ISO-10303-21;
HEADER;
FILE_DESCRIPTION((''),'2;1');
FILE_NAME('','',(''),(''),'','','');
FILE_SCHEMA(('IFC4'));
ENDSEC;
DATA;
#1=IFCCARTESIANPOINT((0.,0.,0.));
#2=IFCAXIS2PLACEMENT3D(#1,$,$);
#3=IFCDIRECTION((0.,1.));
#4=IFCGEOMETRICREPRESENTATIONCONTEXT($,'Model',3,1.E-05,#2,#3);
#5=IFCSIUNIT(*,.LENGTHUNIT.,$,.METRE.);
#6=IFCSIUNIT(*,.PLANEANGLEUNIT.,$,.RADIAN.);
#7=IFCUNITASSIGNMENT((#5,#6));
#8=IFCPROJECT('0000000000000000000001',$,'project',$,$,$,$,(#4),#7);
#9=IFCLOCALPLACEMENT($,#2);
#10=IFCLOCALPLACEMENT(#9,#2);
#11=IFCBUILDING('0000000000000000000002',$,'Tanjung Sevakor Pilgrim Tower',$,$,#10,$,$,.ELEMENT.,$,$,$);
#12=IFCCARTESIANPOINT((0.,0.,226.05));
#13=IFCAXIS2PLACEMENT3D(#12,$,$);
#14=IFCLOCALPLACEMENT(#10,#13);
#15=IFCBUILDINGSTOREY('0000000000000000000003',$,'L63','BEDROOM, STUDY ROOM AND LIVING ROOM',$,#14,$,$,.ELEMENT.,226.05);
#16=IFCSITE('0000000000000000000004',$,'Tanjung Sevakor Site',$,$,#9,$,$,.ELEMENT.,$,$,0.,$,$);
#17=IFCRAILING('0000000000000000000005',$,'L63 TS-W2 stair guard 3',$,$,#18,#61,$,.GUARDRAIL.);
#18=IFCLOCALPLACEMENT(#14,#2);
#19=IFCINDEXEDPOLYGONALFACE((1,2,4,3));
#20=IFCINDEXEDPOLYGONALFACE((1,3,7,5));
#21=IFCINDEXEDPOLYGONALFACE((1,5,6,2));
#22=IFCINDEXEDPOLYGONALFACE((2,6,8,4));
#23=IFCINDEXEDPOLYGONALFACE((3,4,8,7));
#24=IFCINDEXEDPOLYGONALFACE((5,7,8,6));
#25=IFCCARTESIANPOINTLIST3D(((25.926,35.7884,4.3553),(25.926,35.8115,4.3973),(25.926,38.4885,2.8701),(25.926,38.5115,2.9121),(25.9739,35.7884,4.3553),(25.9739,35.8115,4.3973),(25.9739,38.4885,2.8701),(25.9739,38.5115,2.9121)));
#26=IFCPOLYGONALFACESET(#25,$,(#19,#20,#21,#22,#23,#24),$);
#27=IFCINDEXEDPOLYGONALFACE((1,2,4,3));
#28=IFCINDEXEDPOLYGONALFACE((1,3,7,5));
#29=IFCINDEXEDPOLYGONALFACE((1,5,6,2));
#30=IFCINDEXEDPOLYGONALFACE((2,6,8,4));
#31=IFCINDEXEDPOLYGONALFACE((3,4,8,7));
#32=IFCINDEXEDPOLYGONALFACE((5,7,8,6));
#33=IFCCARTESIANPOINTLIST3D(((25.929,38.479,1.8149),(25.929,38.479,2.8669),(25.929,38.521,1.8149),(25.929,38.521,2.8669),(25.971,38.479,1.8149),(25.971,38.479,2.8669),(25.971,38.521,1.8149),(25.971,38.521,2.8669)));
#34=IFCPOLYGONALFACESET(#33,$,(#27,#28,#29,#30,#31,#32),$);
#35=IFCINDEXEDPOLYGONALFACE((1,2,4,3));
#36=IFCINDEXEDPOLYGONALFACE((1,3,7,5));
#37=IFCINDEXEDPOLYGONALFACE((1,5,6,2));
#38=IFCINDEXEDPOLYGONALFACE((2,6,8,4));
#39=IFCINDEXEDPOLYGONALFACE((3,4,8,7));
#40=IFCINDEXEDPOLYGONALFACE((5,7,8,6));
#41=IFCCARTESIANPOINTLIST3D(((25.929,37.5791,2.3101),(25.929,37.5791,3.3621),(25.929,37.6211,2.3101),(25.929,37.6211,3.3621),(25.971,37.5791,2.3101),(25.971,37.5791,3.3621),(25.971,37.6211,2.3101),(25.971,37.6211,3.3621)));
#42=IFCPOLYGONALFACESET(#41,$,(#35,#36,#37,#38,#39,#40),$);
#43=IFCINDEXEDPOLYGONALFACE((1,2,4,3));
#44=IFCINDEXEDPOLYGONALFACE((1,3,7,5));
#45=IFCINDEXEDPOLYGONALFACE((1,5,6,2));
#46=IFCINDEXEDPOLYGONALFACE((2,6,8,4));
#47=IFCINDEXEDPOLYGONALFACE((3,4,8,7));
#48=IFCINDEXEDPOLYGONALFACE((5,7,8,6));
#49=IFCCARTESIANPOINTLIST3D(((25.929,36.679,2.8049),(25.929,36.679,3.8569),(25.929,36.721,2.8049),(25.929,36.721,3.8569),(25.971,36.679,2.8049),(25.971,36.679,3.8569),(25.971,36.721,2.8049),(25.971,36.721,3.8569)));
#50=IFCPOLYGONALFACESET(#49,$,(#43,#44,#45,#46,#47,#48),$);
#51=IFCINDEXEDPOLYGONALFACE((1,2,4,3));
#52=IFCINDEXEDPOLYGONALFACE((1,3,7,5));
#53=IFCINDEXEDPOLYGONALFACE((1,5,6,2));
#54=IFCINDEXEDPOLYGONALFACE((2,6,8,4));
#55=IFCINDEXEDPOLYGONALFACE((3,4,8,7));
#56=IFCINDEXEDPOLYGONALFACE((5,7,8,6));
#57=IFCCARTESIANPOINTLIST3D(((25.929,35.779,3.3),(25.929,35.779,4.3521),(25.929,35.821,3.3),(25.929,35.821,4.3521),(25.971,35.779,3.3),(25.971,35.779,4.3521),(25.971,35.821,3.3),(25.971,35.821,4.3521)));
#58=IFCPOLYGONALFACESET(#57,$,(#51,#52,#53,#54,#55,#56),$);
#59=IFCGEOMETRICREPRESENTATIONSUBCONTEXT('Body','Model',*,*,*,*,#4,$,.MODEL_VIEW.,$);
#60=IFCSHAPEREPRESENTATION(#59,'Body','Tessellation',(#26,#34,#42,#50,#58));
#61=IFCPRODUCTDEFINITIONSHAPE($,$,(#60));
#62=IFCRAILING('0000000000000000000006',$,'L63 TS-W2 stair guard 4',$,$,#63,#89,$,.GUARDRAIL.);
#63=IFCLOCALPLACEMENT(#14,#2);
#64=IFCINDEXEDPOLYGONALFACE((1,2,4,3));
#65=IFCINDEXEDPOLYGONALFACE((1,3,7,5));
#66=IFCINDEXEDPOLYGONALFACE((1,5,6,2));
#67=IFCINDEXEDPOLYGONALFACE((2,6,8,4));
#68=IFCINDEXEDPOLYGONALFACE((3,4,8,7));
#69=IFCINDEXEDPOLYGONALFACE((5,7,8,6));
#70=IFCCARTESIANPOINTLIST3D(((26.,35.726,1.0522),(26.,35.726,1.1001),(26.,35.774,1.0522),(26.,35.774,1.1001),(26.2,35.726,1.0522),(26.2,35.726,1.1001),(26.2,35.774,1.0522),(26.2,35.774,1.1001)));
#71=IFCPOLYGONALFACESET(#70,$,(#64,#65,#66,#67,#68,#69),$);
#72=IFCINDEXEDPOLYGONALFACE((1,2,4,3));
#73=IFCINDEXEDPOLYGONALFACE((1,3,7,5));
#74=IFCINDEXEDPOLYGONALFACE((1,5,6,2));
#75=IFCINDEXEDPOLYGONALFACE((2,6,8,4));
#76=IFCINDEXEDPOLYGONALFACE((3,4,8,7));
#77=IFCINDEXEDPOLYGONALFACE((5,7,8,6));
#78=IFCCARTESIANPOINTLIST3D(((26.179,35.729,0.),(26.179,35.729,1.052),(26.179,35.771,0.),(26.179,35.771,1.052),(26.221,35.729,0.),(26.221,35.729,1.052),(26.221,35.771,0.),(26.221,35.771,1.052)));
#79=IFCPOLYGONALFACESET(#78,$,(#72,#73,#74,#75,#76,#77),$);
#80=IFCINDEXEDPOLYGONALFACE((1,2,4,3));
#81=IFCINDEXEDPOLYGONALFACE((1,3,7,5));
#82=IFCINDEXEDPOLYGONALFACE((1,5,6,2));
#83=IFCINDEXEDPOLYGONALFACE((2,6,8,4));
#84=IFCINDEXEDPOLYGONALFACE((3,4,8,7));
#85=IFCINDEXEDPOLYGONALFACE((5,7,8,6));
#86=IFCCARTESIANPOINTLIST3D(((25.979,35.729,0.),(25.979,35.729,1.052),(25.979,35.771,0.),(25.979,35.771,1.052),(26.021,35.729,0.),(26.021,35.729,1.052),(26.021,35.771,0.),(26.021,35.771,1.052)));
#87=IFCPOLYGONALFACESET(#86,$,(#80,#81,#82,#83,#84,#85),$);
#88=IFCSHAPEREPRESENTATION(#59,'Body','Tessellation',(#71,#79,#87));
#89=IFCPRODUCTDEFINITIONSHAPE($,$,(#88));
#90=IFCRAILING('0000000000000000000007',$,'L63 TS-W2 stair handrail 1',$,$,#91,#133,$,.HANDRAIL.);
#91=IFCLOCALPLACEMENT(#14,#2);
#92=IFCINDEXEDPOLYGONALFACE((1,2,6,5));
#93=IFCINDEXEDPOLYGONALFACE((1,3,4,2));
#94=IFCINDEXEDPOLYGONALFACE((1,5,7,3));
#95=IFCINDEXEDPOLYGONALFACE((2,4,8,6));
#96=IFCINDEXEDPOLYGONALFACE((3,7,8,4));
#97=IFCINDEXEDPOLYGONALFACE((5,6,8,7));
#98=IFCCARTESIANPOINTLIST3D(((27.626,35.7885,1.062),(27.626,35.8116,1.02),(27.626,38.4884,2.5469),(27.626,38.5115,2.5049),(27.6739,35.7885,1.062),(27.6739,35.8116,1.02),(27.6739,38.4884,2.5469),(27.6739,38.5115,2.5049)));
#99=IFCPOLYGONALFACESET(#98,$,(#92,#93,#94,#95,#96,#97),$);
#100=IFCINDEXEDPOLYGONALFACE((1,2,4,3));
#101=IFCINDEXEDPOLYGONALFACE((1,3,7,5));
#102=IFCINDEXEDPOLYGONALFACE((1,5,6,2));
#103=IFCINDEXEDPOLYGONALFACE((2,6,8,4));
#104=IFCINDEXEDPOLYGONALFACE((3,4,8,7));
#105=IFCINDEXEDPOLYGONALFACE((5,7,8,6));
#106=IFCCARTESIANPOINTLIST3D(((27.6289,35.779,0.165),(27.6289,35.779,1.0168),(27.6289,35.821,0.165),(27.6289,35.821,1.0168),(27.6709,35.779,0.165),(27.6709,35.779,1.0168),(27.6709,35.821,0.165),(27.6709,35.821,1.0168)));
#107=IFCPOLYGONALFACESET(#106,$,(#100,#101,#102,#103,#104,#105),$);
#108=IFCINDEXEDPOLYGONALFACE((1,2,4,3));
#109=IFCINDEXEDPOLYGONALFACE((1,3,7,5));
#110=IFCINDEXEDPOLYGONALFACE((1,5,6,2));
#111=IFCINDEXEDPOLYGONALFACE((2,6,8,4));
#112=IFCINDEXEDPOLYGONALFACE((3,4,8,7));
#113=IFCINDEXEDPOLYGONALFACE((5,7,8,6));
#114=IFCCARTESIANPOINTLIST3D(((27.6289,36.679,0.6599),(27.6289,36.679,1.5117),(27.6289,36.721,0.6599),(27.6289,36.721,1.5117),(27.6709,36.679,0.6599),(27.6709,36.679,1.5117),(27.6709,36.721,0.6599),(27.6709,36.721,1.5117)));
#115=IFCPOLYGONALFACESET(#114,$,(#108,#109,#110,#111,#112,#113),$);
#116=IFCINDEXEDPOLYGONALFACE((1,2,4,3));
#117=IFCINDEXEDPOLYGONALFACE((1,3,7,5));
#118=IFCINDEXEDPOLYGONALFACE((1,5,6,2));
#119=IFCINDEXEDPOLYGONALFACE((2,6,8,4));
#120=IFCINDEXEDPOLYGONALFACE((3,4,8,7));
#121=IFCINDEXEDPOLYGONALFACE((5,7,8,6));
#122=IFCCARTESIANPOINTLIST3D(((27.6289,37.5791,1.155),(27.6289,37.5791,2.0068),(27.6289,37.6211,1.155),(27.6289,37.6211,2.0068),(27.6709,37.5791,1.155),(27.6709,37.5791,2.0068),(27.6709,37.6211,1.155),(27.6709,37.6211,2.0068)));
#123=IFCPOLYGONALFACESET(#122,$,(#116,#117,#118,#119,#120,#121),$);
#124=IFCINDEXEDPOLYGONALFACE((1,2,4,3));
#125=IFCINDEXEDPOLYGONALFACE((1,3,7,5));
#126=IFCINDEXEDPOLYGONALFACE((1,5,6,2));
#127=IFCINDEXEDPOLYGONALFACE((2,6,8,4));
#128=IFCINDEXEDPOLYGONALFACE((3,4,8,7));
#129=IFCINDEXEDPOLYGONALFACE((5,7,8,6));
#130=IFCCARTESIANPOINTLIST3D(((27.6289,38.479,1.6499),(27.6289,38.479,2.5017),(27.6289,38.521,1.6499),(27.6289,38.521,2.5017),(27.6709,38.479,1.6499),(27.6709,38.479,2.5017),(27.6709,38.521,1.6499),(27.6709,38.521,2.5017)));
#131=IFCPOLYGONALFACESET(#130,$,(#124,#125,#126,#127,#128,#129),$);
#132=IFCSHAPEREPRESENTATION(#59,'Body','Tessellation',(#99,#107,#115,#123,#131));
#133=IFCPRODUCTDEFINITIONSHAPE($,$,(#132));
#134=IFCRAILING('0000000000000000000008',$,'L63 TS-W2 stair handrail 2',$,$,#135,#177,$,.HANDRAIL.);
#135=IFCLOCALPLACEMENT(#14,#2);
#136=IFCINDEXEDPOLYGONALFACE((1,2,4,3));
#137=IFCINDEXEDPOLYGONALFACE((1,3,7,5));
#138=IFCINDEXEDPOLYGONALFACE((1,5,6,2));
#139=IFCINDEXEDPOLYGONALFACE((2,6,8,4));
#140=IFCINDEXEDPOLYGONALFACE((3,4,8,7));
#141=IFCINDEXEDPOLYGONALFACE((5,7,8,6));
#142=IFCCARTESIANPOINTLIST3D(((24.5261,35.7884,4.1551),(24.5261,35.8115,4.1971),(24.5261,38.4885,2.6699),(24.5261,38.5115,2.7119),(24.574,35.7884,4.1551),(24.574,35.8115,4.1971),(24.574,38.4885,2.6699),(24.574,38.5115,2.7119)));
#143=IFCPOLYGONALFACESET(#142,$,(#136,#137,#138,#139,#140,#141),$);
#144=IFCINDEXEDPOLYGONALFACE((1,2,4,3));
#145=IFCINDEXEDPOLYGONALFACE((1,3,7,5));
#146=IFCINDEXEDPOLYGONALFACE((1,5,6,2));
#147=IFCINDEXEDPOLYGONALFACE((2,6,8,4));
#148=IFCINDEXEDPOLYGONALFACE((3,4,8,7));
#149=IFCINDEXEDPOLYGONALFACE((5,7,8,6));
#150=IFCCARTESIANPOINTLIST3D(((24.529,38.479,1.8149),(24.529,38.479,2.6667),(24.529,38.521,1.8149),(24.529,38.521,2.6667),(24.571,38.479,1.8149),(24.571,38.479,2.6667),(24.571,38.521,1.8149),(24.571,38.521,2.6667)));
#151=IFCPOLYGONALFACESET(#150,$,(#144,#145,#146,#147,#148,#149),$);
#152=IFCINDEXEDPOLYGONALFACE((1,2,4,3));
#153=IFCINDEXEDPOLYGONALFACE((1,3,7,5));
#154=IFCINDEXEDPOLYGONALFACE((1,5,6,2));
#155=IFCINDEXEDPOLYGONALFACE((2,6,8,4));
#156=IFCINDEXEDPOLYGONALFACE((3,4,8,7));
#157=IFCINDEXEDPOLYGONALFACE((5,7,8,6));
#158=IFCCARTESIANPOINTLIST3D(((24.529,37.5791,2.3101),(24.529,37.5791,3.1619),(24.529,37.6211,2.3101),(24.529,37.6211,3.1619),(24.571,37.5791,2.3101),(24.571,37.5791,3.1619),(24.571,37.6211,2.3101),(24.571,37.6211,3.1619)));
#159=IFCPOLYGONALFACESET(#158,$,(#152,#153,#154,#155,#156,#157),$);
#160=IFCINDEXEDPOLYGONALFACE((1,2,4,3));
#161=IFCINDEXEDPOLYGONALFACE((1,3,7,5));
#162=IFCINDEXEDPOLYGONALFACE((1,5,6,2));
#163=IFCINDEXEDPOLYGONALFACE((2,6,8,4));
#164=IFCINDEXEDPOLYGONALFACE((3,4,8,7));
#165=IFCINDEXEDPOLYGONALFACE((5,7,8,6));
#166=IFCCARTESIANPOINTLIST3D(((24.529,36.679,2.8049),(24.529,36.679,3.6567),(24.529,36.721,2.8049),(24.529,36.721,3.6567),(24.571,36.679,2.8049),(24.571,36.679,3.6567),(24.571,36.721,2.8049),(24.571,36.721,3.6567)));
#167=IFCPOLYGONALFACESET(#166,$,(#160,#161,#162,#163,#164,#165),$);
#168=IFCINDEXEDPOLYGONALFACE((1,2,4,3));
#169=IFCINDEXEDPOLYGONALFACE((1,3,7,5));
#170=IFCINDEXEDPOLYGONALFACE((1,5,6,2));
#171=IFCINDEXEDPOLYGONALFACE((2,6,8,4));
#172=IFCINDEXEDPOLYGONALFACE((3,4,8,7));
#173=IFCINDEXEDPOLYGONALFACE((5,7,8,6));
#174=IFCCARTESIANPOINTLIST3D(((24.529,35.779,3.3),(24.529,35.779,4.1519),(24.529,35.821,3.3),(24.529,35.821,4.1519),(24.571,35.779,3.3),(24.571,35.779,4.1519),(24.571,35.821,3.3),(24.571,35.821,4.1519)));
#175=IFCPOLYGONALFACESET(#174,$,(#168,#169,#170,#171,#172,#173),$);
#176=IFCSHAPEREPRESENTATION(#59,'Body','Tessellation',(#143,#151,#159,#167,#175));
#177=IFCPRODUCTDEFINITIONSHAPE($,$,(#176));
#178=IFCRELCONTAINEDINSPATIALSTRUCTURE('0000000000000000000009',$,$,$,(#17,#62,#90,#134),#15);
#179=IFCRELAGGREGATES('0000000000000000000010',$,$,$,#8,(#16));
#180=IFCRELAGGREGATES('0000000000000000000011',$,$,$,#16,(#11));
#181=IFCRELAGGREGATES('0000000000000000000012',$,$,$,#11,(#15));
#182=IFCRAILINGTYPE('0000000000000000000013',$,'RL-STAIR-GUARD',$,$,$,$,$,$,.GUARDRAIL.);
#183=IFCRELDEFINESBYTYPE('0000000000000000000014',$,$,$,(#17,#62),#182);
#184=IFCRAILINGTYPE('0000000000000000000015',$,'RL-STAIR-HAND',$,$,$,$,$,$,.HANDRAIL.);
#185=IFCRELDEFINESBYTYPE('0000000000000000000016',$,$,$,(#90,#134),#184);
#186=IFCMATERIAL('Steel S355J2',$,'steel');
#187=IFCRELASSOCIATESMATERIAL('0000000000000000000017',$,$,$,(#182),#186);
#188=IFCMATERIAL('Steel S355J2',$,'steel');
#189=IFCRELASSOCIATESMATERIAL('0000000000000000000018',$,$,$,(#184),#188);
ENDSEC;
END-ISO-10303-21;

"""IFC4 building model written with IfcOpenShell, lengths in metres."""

from ifc_helpers import new_model, si_unit, direction, frame, origin, place, context, subcontext, project, spatial, rectangle, extrude, material, type_object, element, save


model = new_model("IFC4")

# Units and contexts
model_context = context("Model", 3, precision=1e-05, world=origin(), true_north=direction((0.0, 1.0)))
body_context = subcontext(model_context, "Body", "Model", "MODEL_VIEW")
ifc_project = project(units=[si_unit("LENGTHUNIT", "METRE"), si_unit("PLANEANGLEUNIT", "RADIAN")], contexts=[model_context])

# Site, building, storey
site_placement = place(None, origin())
site = spatial("IfcSite", under=ifc_project, at=site_placement, Name="Tanjung Sevakor Site", CompositionType="ELEMENT", RefElevation=0.0)
building_placement = place(site_placement, origin())
building = spatial("IfcBuilding", under=site, at=building_placement, Name="Tanjung Sevakor Pilgrim Tower", CompositionType="ELEMENT")
storey_placement = place(building_placement, frame((0.0, 0.0, 226.05)))
storey = spatial("IfcBuildingStorey", under=building, at=storey_placement, Name="L63", Description="BEDROOM, STUDY ROOM AND LIVING ROOM", CompositionType="ELEMENT", Elevation=226.05)

# Railings
ifc_material_1 = material(Name="Steel S355J2", Category="steel")
railing_type_1 = type_object("IfcRailingType", Name="RL-STAIR-GUARD", PredefinedType="GUARDRAIL", material=ifc_material_1)
railing_1_placement = place(storey_placement, frame((25.95, 38.5, 1.8149)))
element("IfcRailing", 1, at=railing_1_placement, inside=storey, type_object=railing_type_1, Name="L63 TS-W2 stair guard 3", PredefinedType="GUARDRAIL", context=body_context, shape_type="SweptSolid", body=[
    extrude(rectangle(XDim=0.0479, YDim=0.0479), frame((0.0, 0.0, 1.0762), z_axis=(0.0, -0.876198, 0.481952), x_axis=(1.0, 0.0, 0.0)), (0.0, 0.0, 1.0), 3.0815),
    extrude(rectangle(XDim=0.042, YDim=0.042), origin(), (0.0, 0.0, 1.0), 1.052),
    extrude(rectangle(XDim=0.042, YDim=0.042), frame((0.0, -0.8999, 0.4951)), (0.0, 0.0, 1.0), 1.052),
    extrude(rectangle(XDim=0.042, YDim=0.042), frame((0.0, -1.8, 0.99)), (0.0, 0.0, 1.0), 1.052),
    extrude(rectangle(XDim=0.042, YDim=0.042), frame((0.0, -2.7, 1.4851)), (0.0, 0.0, 1.0), 1.052),
])
railing_2_placement = place(storey_placement, frame((26.2, 35.75, 0.0)))
element("IfcRailing", 2, at=railing_2_placement, inside=storey, type_object=railing_type_1, Name="L63 TS-W2 stair guard 4", PredefinedType="GUARDRAIL", context=body_context, shape_type="SweptSolid", body=[
    extrude(rectangle(XDim=0.0479, YDim=0.0479), frame((0.0, 0.0, 1.0762), z_axis=(-1.0, 0.0, 0.0), x_axis=(0.0, -1.0, 0.0)), (0.0, 0.0, 1.0), 0.2),
    extrude(rectangle(XDim=0.042, YDim=0.042), origin(), (0.0, 0.0, 1.0), 1.052),
    extrude(rectangle(XDim=0.042, YDim=0.042), frame((-0.2, 0.0, 0.0)), (0.0, 0.0, 1.0), 1.052),
])
ifc_material_2 = material(Name="Steel S355J2", Category="steel")
railing_type_2 = type_object("IfcRailingType", Name="RL-STAIR-HAND", PredefinedType="HANDRAIL", material=ifc_material_2)
railing_3_placement = place(storey_placement, frame((27.6499, 35.8, 0.165)))
element("IfcRailing", 3, at=railing_3_placement, inside=storey, type_object=railing_type_2, Name="L63 TS-W2 stair handrail 1", PredefinedType="HANDRAIL", context=body_context, shape_type="SweptSolid", body=[
    extrude(rectangle(XDim=0.0479, YDim=0.0479), frame((0.0, 0.0, 0.876), z_axis=(0.0, 0.876231, 0.481891), x_axis=(-1.0, 0.0, 0.0)), (0.0, 0.0, 1.0), 3.0813),
    extrude(rectangle(XDim=0.042, YDim=0.042), origin(), (0.0, 0.0, 1.0), 0.8518),
    extrude(rectangle(XDim=0.042, YDim=0.042), frame((0.0, 0.8999, 0.4949)), (0.0, 0.0, 1.0), 0.8518),
    extrude(rectangle(XDim=0.042, YDim=0.042), frame((0.0, 1.8, 0.99)), (0.0, 0.0, 1.0), 0.8518),
    extrude(rectangle(XDim=0.042, YDim=0.042), frame((0.0, 2.7, 1.4849)), (0.0, 0.0, 1.0), 0.8518),
])
railing_4_placement = place(storey_placement, frame((24.55, 38.5, 1.8149)))
element("IfcRailing", 4, at=railing_4_placement, inside=storey, type_object=railing_type_2, Name="L63 TS-W2 stair handrail 2", PredefinedType="HANDRAIL", context=body_context, shape_type="SweptSolid", body=[
    extrude(rectangle(XDim=0.0479, YDim=0.0479), frame((0.0, 0.0, 0.876), z_axis=(0.0, -0.876198, 0.481952), x_axis=(1.0, 0.0, 0.0)), (0.0, 0.0, 1.0), 3.0815),
    extrude(rectangle(XDim=0.042, YDim=0.042), origin(), (0.0, 0.0, 1.0), 0.8518),
    extrude(rectangle(XDim=0.042, YDim=0.042), frame((0.0, -0.8999, 0.4951)), (0.0, 0.0, 1.0), 0.8518),
    extrude(rectangle(XDim=0.042, YDim=0.042), frame((0.0, -1.8, 0.99)), (0.0, 0.0, 1.0), 0.8518),
    extrude(rectangle(XDim=0.042, YDim=0.042), frame((0.0, -2.7, 1.4851)), (0.0, 0.0, 1.0), 0.8518),
])

save(model, "model.ifc")
